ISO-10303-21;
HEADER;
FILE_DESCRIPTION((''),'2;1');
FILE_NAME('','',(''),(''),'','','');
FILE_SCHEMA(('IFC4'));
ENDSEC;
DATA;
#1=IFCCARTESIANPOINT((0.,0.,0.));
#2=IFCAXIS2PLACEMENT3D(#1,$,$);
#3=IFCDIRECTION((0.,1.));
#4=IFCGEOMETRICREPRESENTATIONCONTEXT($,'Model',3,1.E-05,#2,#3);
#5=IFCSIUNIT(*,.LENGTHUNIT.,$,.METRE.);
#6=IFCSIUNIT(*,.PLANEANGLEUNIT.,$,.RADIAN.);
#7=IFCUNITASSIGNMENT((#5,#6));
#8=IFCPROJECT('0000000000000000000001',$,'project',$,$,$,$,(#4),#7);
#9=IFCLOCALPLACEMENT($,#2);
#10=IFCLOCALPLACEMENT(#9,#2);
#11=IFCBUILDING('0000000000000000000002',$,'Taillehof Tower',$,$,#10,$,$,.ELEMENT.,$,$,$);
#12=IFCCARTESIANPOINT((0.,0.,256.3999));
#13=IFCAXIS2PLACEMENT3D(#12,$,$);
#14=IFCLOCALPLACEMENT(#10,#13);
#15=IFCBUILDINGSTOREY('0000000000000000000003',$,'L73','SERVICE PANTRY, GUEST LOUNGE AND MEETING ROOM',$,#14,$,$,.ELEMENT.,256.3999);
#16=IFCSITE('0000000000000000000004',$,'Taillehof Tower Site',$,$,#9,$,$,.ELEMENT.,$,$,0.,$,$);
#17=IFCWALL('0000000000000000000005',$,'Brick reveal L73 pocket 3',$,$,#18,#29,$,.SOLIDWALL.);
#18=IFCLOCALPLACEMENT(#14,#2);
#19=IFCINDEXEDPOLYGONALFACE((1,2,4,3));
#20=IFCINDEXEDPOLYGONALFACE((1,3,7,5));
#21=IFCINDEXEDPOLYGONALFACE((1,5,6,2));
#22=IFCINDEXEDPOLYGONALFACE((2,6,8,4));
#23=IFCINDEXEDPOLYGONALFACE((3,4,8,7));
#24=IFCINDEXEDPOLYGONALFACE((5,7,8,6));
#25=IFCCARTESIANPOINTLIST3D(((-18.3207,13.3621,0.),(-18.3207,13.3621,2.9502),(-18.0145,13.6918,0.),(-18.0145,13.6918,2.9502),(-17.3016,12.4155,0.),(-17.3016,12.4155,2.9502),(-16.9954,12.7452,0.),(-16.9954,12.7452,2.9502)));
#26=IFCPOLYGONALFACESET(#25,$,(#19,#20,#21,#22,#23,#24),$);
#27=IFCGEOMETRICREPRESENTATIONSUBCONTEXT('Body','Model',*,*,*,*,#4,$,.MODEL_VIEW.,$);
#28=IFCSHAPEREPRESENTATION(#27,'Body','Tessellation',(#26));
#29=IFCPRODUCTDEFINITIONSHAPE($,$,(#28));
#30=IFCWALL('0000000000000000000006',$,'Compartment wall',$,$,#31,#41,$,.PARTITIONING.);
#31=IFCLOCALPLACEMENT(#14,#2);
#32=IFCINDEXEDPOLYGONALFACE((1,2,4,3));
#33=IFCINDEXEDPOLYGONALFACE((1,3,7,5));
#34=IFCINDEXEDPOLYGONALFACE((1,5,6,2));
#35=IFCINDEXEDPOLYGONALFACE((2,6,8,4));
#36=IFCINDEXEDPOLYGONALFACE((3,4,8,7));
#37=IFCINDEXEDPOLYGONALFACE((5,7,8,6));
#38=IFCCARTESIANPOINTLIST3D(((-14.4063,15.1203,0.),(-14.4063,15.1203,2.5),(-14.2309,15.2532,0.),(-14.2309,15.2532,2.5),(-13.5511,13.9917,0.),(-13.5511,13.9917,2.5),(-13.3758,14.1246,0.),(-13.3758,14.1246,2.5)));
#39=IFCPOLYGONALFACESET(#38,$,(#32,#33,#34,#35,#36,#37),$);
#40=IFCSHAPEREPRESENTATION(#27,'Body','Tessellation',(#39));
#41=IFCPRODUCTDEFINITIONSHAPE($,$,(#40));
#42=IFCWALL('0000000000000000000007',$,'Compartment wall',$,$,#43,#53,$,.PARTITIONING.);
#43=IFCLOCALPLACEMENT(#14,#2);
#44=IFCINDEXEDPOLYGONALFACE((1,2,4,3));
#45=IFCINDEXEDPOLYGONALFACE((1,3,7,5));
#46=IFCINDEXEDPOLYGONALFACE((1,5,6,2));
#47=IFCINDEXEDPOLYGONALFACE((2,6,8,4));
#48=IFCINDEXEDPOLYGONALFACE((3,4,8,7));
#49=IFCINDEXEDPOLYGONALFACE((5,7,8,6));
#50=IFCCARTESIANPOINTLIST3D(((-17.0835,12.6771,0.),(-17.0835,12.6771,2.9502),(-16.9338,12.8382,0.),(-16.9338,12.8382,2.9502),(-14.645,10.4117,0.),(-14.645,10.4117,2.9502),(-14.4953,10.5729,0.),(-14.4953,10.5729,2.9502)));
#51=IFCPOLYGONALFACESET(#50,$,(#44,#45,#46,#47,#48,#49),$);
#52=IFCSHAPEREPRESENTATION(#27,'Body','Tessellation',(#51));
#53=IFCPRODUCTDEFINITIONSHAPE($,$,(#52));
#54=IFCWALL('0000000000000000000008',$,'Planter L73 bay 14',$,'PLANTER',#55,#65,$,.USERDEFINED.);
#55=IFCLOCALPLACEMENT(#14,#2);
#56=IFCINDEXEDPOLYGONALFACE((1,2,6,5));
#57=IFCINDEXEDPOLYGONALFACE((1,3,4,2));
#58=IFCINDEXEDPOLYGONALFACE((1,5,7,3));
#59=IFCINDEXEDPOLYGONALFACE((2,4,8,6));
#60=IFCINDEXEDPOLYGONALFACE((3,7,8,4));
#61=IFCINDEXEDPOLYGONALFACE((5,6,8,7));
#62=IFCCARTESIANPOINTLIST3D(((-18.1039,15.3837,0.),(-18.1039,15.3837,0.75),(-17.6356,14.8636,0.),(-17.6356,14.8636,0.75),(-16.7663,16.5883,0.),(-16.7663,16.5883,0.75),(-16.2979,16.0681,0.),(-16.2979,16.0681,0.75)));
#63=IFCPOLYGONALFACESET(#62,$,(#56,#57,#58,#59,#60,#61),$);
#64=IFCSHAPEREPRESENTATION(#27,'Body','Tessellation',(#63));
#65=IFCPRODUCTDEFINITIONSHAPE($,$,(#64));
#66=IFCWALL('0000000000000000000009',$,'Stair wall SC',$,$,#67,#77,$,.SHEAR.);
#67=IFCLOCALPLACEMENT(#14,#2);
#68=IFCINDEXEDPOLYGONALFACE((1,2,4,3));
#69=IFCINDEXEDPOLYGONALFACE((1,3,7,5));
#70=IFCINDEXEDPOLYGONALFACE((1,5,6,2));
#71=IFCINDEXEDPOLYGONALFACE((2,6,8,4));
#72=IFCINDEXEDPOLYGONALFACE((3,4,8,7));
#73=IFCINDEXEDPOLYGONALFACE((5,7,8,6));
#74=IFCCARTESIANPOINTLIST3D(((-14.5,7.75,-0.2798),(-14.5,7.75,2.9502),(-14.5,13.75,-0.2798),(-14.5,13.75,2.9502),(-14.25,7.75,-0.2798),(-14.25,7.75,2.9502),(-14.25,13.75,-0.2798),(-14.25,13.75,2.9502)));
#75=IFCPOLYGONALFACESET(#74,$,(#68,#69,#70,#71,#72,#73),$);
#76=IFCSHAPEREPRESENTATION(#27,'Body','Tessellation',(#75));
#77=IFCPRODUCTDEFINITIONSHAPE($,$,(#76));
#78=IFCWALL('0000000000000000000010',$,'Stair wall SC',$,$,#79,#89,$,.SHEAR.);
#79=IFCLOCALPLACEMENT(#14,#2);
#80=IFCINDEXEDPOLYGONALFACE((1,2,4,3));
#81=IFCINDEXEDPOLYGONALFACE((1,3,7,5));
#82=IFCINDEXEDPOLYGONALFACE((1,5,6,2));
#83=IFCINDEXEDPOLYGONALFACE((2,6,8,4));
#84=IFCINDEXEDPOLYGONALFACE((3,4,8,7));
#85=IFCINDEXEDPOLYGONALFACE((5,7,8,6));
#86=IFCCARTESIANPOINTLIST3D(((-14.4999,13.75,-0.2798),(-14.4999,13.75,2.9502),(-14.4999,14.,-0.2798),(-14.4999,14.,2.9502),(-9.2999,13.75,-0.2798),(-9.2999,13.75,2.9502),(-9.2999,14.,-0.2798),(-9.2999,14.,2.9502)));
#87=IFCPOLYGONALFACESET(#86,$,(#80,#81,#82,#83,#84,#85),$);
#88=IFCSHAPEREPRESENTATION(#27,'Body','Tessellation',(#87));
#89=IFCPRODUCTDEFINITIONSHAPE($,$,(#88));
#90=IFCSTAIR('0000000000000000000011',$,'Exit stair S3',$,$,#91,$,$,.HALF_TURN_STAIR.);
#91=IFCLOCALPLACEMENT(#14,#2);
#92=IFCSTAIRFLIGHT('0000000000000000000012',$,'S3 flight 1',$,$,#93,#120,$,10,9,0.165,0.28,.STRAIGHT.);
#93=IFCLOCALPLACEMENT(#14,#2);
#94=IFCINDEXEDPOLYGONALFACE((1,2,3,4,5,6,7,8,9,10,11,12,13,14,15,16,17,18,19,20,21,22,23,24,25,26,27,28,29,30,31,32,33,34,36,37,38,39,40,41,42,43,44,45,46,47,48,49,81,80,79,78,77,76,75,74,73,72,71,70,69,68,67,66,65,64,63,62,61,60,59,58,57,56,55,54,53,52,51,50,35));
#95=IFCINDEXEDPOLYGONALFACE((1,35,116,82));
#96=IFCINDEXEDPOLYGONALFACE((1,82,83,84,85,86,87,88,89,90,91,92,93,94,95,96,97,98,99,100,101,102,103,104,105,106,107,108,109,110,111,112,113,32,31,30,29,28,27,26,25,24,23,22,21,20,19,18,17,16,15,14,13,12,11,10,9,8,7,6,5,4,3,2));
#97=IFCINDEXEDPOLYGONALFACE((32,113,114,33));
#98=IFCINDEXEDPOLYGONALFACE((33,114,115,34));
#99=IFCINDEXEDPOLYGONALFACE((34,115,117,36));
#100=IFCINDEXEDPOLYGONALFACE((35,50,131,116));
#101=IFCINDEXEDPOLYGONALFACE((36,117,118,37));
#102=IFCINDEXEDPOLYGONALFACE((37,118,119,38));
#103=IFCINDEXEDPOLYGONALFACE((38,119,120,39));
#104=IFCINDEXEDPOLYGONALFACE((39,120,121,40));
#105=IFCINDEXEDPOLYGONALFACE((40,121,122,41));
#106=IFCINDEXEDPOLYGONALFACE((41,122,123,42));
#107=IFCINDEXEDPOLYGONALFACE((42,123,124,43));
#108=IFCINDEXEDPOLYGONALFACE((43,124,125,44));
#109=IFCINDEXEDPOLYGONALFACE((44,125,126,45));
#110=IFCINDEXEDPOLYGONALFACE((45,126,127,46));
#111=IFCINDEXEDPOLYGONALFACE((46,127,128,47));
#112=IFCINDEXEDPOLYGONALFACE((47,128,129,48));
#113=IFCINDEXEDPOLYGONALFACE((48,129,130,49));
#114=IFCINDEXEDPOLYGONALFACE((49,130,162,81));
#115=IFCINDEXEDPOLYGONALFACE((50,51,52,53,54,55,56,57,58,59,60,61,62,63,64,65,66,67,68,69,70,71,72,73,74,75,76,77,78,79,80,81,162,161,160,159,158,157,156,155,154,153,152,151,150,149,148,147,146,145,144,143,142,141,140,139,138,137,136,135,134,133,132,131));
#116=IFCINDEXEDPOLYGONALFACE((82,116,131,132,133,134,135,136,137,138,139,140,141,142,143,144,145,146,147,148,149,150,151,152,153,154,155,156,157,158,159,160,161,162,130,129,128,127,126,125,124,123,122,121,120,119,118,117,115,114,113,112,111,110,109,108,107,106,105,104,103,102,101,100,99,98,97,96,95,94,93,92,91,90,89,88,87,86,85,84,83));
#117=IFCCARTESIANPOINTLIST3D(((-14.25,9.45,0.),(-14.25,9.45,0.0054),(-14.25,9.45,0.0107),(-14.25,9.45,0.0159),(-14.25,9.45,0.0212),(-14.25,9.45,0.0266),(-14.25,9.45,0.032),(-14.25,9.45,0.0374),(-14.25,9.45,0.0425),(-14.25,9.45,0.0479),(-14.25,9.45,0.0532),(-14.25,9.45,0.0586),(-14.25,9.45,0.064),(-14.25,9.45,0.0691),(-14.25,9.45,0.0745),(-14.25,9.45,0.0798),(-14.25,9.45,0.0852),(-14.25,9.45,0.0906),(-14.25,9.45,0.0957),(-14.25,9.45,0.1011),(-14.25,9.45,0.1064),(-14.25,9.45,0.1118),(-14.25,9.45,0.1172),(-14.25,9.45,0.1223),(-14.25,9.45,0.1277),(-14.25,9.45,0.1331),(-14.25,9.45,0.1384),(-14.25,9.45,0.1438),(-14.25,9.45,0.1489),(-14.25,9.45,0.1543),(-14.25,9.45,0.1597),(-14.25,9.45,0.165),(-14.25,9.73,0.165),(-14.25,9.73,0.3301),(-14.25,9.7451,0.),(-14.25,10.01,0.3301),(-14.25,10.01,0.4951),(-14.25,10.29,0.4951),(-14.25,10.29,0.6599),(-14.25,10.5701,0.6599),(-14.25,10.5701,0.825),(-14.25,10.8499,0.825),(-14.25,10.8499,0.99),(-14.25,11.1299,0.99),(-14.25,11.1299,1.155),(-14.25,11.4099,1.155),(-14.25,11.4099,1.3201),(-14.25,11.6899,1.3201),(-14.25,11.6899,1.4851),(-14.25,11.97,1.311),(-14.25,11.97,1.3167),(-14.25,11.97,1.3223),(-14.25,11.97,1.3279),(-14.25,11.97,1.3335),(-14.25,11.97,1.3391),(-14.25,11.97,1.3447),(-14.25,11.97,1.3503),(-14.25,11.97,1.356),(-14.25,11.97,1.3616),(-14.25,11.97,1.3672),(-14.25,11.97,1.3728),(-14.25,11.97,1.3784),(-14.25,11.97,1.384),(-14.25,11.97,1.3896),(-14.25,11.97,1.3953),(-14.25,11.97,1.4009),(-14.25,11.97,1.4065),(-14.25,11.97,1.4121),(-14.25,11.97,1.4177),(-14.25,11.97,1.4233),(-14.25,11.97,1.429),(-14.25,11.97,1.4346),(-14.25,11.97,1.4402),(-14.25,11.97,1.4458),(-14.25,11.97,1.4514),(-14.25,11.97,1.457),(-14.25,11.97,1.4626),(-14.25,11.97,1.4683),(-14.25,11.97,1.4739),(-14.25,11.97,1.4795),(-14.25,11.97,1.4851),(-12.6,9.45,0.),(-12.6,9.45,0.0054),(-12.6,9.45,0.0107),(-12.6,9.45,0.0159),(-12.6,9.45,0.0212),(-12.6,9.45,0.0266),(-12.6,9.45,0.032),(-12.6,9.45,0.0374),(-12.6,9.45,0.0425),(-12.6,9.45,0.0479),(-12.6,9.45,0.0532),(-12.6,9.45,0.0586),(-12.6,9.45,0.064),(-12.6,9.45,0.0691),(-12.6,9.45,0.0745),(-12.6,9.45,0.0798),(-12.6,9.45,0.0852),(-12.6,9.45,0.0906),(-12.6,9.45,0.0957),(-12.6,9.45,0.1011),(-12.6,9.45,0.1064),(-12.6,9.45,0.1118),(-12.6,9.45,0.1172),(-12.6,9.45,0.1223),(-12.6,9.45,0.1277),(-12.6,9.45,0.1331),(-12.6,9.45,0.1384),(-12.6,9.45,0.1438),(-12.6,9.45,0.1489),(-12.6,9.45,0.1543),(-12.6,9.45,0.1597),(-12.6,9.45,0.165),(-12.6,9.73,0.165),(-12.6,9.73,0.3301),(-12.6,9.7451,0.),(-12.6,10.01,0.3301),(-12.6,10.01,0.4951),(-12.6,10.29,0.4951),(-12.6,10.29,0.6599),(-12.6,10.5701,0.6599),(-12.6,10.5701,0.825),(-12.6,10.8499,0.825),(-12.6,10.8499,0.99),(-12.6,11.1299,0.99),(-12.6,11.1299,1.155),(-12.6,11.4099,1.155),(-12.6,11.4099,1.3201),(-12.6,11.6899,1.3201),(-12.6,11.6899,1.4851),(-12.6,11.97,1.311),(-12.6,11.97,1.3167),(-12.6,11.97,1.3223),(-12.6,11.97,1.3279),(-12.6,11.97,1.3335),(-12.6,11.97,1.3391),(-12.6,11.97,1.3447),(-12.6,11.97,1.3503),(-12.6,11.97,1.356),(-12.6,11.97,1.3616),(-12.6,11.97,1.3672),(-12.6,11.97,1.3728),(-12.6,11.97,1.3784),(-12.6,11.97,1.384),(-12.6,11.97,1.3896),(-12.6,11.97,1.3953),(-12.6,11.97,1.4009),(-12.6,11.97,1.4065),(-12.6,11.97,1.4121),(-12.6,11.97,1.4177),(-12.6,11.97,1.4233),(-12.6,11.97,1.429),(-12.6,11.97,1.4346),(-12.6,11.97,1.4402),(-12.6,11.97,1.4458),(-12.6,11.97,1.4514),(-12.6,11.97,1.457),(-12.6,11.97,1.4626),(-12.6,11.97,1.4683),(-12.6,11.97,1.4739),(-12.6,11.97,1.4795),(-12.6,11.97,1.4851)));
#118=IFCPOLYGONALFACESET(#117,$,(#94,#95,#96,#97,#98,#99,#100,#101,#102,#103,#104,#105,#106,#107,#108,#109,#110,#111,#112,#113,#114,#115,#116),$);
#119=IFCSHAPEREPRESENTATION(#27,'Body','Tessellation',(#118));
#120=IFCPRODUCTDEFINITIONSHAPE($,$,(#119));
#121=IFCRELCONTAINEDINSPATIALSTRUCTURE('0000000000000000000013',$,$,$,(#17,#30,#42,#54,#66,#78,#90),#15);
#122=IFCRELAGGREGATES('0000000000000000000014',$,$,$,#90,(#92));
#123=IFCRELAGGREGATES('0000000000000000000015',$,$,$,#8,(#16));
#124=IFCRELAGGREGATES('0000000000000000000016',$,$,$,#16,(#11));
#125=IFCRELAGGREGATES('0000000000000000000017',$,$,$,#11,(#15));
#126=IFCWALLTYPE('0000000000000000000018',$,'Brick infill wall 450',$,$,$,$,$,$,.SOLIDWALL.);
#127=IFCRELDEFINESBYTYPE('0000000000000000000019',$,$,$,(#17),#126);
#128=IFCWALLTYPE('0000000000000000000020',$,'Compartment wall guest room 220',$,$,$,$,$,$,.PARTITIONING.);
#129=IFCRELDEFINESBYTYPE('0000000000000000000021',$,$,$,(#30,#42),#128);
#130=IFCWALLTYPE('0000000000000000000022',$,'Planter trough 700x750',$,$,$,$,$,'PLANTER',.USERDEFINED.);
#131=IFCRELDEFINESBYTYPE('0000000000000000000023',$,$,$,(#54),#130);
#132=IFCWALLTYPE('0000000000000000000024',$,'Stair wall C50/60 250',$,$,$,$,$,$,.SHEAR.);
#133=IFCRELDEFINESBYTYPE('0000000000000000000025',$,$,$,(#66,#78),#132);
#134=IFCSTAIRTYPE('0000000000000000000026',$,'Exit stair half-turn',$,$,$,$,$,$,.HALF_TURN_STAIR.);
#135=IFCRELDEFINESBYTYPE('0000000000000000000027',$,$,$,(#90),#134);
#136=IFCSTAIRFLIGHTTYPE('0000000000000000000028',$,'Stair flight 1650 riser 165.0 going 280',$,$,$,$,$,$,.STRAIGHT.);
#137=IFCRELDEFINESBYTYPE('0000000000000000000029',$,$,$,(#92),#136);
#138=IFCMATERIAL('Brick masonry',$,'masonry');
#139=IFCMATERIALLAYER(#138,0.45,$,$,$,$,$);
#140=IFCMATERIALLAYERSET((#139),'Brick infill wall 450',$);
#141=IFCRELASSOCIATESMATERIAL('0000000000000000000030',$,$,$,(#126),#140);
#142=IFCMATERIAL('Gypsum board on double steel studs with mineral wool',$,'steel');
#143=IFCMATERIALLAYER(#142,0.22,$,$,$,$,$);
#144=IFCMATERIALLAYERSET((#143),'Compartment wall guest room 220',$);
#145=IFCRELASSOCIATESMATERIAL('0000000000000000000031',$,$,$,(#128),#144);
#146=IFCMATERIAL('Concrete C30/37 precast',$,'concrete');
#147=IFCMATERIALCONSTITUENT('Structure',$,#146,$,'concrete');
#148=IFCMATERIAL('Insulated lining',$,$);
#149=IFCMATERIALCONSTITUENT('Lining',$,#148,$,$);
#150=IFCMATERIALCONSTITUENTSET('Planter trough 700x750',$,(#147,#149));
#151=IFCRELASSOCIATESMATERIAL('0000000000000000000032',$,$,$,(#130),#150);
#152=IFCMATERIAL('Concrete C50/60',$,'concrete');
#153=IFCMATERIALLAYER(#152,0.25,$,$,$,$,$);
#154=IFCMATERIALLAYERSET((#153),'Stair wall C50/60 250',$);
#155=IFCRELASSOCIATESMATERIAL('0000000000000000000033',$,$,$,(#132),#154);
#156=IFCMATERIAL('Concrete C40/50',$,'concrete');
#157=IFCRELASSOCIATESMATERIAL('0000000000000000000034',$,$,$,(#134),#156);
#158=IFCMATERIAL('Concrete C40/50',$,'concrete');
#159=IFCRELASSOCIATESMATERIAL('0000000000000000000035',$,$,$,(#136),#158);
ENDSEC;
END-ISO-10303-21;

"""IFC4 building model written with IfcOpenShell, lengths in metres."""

from ifc_helpers import new_model, si_unit, direction, frame, frame_2d, origin, place, context, subcontext, project, spatial, polyline, rectangle, outline, extrude, material, layer, layer_set, constituent, constituent_set, type_object, element, aggregate, save


model = new_model("IFC4")

# Units and contexts
model_context = context("Model", 3, precision=1e-05, world=origin(), true_north=direction((0.0, 1.0)))
body_context = subcontext(model_context, "Body", "Model", "MODEL_VIEW")
ifc_project = project(units=[si_unit("LENGTHUNIT", "METRE"), si_unit("PLANEANGLEUNIT", "RADIAN")], contexts=[model_context])

# Site, building, storey
site_placement = place(None, origin())
site = spatial("IfcSite", under=ifc_project, at=site_placement, Name="Taillehof Tower Site", CompositionType="ELEMENT", RefElevation=0.0)
building_placement = place(site_placement, origin())
building = spatial("IfcBuilding", under=site, at=building_placement, Name="Taillehof Tower", CompositionType="ELEMENT")
storey_placement = place(building_placement, frame((0.0, 0.0, 256.3999)))
storey = spatial("IfcBuildingStorey", under=building, at=storey_placement, Name="L73", Description="SERVICE PANTRY, GUEST LOUNGE AND MEETING ROOM", CompositionType="ELEMENT", Elevation=256.3999)

# Shared definitions
ifc_material_1 = material(Name="Brick masonry", Category="masonry")
ifc_layer_1 = layer(ifc_material_1, 0.45)
ifc_layer_set_1 = layer_set([ifc_layer_1], Name="Brick infill wall 450")
wall_type_1 = type_object("IfcWallType", Name="Brick infill wall 450", PredefinedType="SOLIDWALL", material=ifc_layer_set_1)

# Wall
wall_1_placement = place(storey_placement, frame((-18.1675, 13.5269, 0.0), z_axis=(0.0, 0.0, 1.0), x_axis=(0.732693, -0.680559, 0.0)))
element("IfcWall", 1, at=wall_1_placement, inside=storey, type_object=wall_type_1, Name="Brick reveal L73 pocket 3", PredefinedType="SOLIDWALL", context=body_context, shape_type="SweptSolid", body=[
    extrude(rectangle(XDim=1.3909, YDim=0.45, at=frame_2d((0.6953, 0.0))), origin(), (0.0, 0.0, 1.0), 2.9502),
])

# Walls
ifc_material_2 = material(Name="Gypsum board on double steel studs with mineral wool", Category="steel")
ifc_layer_2 = layer(ifc_material_2, 0.22)
ifc_layer_set_2 = layer_set([ifc_layer_2], Name="Compartment wall guest room 220")
wall_type_2 = type_object("IfcWallType", Name="Compartment wall guest room 220", PredefinedType="PARTITIONING", material=ifc_layer_set_2)
wall_2_placement = place(storey_placement, frame((-14.3186, 15.1868, 0.0), z_axis=(0.0, 0.0, 1.0), x_axis=(0.603937, -0.797032, 0.0)))
element("IfcWall", 2, at=wall_2_placement, inside=storey, type_object=wall_type_2, Name="Compartment wall", PredefinedType="PARTITIONING", context=body_context, shape_type="SweptSolid", body=[
    extrude(rectangle(XDim=1.416, YDim=0.22, at=frame_2d((0.708, 0.0))), origin(), (0.0, 0.0, 1.0), 2.5),
])
wall_3_placement = place(storey_placement, frame((-17.0085, 12.7576, 0.0), z_axis=(0.0, 0.0, 1.0), x_axis=(0.732631, -0.680626, 0.0)))
element("IfcWall", 3, at=wall_3_placement, inside=storey, type_object=wall_type_2, Name="Compartment wall", PredefinedType="PARTITIONING", context=body_context, shape_type="SweptSolid", body=[
    extrude(rectangle(XDim=3.3284, YDim=0.22, at=frame_2d((1.6641, 0.0))), origin(), (0.0, 0.0, 1.0), 2.9502),
])
ifc_material_3 = material(Name="Concrete C30/37 precast", Category="concrete")
ifc_constituent_1 = constituent(ifc_material_3, Name="Structure", Category="concrete")
ifc_material_4 = material(Name="Insulated lining")
ifc_constituent_2 = constituent(ifc_material_4, Name="Lining")
ifc_constituent_set = constituent_set(constituents=[ifc_constituent_1, ifc_constituent_2], Name="Planter trough 700x750")
wall_type_3 = type_object("IfcWallType", Name="Planter trough 700x750", ElementType="PLANTER", PredefinedType="USERDEFINED", material=ifc_constituent_set)
wall_4_placement = place(storey_placement, frame((-16.5322, 16.3281, 0.0), z_axis=(0.0, 0.0, 1.0), x_axis=(-0.743099, -0.669182, 0.0)))
element("IfcWall", 4, at=wall_4_placement, inside=storey, type_object=wall_type_3, Name="Planter L73 bay 14", ObjectType="PLANTER", PredefinedType="USERDEFINED", context=body_context, shape_type="SweptSolid", body=[
    extrude(rectangle(XDim=1.8, YDim=0.7, at=frame_2d((0.8999, 0.0))), origin(), (0.0, 0.0, 1.0), 0.75),
])
ifc_material_5 = material(Name="Concrete C50/60", Category="concrete")
ifc_layer_3 = layer(ifc_material_5, 0.25)
ifc_layer_set_3 = layer_set([ifc_layer_3], Name="Stair wall C50/60 250")
wall_type_4 = type_object("IfcWallType", Name="Stair wall C50/60 250", PredefinedType="SHEAR", material=ifc_layer_set_3)
wall_5_placement = place(storey_placement, frame((-14.375, 7.75, -0.2798), z_axis=(0.0, 0.0, 1.0), x_axis=(0.0, 1.0, 0.0)))
element("IfcWall", 5, at=wall_5_placement, inside=storey, type_object=wall_type_4, Name="Stair wall SC", PredefinedType="SHEAR", context=body_context, shape_type="SweptSolid", body=[
    extrude(rectangle(XDim=6.0, YDim=0.25, at=frame_2d((3.0, 0.0))), origin(), (0.0, 0.0, 1.0), 3.23),
])
wall_6_placement = place(storey_placement, frame((-14.5, 13.875, -0.2798), z_axis=(0.0, 0.0, 1.0), x_axis=(1.0, 0.0, 0.0)))
element("IfcWall", 6, at=wall_6_placement, inside=storey, type_object=wall_type_4, Name="Stair wall SC", PredefinedType="SHEAR", context=body_context, shape_type="SweptSolid", body=[
    extrude(rectangle(XDim=5.2, YDim=0.25, at=frame_2d((2.6001, 0.0))), origin(), (0.0, 0.0, 1.0), 3.23),
])

# Stair, stair flight
ifc_material_6 = material(Name="Concrete C40/50", Category="concrete")
stair_type = type_object("IfcStairType", Name="Exit stair half-turn", PredefinedType="HALF_TURN_STAIR", material=ifc_material_6)
stair_placement = place(storey_placement, origin())
stair = element("IfcStair", 7, at=stair_placement, inside=storey, type_object=stair_type, Name="Exit stair S3", PredefinedType="HALF_TURN_STAIR")
ifc_material_7 = material(Name="Concrete C40/50", Category="concrete")
stair_flight_type = type_object("IfcStairFlightType", Name="Stair flight 1650 riser 165.0 going 280", PredefinedType="STRAIGHT", material=ifc_material_7)
stair_flight_placement = place(storey_placement, frame((-13.425, 9.45, 0.0), z_axis=(0.0, 0.0, 1.0), x_axis=(0.0, 1.0, 0.0)))
stair_flight = element("IfcStairFlight", 8, at=stair_flight_placement, type_object=stair_flight_type, Name="S3 flight 1", NumberOfRisers=10, NumberOfTreads=9, PredefinedType="STRAIGHT", RiserHeight=0.165, TreadLength=0.28, context=body_context, shape_type="SweptSolid", body=[
    extrude(outline(polyline([(0.0, 0.0), (0.0, 0.0054), (0.0, 0.0107), (0.0, 0.0159), (0.0, 0.0212), (0.0, 0.0266), (0.0, 0.032), (0.0, 0.0374), (0.0, 0.0425), (0.0, 0.0479), (0.0, 0.0532), (0.0, 0.0586), (0.0, 0.064), (0.0, 0.0691), (0.0, 0.0745), (0.0, 0.0798), (0.0, 0.0852), (0.0, 0.0906), (0.0, 0.0957), (0.0, 0.1011), (0.0, 0.1064), (0.0, 0.1118), (0.0, 0.1172), (0.0, 0.1223), (0.0, 0.1277), (0.0, 0.1331), (0.0, 0.1384), (0.0, 0.1438), (0.0, 0.1489), (0.0, 0.1543), (0.0, 0.1597), (0.0, 0.165), (0.28, 0.165), (0.28, 0.3301), (0.5601, 0.3301), (0.5601, 0.4951), (0.8401, 0.4951), (0.8401, 0.6599), (1.1201, 0.6599), (1.1201, 0.825), (1.3999, 0.825), (1.3999, 0.99), (1.6799, 0.99), (1.6799, 1.155), (1.96, 1.155), (1.96, 1.3201), (2.24, 1.3201), (2.24, 1.4851), (2.52, 1.4851), (2.52, 1.4795), (2.52, 1.4739), (2.52, 1.4683), (2.52, 1.4626), (2.52, 1.457), (2.52, 1.4514), (2.52, 1.4458), (2.52, 1.4402), (2.52, 1.4346), (2.52, 1.429), (2.52, 1.4233), (2.52, 1.4177), (2.52, 1.4121), (2.52, 1.4065), (2.52, 1.4009), (2.52, 1.3953), (2.52, 1.3896), (2.52, 1.384), (2.52, 1.3784), (2.52, 1.3728), (2.52, 1.3672), (2.52, 1.3616), (2.52, 1.356), (2.52, 1.3503), (2.52, 1.3447), (2.52, 1.3391), (2.52, 1.3335), (2.52, 1.3279), (2.52, 1.3223), (2.52, 1.3167), (2.52, 1.311), (0.2952, 0.0), (0.0, 0.0)])), frame((0.0, 0.825, 0.0), z_axis=(0.0, -1.0, 0.0), x_axis=(1.0, 0.0, 0.0)), (0.0, 0.0, 1.0), 1.65),
])
aggregate(stair, [stair_flight])

save(model, "model.ifc")
